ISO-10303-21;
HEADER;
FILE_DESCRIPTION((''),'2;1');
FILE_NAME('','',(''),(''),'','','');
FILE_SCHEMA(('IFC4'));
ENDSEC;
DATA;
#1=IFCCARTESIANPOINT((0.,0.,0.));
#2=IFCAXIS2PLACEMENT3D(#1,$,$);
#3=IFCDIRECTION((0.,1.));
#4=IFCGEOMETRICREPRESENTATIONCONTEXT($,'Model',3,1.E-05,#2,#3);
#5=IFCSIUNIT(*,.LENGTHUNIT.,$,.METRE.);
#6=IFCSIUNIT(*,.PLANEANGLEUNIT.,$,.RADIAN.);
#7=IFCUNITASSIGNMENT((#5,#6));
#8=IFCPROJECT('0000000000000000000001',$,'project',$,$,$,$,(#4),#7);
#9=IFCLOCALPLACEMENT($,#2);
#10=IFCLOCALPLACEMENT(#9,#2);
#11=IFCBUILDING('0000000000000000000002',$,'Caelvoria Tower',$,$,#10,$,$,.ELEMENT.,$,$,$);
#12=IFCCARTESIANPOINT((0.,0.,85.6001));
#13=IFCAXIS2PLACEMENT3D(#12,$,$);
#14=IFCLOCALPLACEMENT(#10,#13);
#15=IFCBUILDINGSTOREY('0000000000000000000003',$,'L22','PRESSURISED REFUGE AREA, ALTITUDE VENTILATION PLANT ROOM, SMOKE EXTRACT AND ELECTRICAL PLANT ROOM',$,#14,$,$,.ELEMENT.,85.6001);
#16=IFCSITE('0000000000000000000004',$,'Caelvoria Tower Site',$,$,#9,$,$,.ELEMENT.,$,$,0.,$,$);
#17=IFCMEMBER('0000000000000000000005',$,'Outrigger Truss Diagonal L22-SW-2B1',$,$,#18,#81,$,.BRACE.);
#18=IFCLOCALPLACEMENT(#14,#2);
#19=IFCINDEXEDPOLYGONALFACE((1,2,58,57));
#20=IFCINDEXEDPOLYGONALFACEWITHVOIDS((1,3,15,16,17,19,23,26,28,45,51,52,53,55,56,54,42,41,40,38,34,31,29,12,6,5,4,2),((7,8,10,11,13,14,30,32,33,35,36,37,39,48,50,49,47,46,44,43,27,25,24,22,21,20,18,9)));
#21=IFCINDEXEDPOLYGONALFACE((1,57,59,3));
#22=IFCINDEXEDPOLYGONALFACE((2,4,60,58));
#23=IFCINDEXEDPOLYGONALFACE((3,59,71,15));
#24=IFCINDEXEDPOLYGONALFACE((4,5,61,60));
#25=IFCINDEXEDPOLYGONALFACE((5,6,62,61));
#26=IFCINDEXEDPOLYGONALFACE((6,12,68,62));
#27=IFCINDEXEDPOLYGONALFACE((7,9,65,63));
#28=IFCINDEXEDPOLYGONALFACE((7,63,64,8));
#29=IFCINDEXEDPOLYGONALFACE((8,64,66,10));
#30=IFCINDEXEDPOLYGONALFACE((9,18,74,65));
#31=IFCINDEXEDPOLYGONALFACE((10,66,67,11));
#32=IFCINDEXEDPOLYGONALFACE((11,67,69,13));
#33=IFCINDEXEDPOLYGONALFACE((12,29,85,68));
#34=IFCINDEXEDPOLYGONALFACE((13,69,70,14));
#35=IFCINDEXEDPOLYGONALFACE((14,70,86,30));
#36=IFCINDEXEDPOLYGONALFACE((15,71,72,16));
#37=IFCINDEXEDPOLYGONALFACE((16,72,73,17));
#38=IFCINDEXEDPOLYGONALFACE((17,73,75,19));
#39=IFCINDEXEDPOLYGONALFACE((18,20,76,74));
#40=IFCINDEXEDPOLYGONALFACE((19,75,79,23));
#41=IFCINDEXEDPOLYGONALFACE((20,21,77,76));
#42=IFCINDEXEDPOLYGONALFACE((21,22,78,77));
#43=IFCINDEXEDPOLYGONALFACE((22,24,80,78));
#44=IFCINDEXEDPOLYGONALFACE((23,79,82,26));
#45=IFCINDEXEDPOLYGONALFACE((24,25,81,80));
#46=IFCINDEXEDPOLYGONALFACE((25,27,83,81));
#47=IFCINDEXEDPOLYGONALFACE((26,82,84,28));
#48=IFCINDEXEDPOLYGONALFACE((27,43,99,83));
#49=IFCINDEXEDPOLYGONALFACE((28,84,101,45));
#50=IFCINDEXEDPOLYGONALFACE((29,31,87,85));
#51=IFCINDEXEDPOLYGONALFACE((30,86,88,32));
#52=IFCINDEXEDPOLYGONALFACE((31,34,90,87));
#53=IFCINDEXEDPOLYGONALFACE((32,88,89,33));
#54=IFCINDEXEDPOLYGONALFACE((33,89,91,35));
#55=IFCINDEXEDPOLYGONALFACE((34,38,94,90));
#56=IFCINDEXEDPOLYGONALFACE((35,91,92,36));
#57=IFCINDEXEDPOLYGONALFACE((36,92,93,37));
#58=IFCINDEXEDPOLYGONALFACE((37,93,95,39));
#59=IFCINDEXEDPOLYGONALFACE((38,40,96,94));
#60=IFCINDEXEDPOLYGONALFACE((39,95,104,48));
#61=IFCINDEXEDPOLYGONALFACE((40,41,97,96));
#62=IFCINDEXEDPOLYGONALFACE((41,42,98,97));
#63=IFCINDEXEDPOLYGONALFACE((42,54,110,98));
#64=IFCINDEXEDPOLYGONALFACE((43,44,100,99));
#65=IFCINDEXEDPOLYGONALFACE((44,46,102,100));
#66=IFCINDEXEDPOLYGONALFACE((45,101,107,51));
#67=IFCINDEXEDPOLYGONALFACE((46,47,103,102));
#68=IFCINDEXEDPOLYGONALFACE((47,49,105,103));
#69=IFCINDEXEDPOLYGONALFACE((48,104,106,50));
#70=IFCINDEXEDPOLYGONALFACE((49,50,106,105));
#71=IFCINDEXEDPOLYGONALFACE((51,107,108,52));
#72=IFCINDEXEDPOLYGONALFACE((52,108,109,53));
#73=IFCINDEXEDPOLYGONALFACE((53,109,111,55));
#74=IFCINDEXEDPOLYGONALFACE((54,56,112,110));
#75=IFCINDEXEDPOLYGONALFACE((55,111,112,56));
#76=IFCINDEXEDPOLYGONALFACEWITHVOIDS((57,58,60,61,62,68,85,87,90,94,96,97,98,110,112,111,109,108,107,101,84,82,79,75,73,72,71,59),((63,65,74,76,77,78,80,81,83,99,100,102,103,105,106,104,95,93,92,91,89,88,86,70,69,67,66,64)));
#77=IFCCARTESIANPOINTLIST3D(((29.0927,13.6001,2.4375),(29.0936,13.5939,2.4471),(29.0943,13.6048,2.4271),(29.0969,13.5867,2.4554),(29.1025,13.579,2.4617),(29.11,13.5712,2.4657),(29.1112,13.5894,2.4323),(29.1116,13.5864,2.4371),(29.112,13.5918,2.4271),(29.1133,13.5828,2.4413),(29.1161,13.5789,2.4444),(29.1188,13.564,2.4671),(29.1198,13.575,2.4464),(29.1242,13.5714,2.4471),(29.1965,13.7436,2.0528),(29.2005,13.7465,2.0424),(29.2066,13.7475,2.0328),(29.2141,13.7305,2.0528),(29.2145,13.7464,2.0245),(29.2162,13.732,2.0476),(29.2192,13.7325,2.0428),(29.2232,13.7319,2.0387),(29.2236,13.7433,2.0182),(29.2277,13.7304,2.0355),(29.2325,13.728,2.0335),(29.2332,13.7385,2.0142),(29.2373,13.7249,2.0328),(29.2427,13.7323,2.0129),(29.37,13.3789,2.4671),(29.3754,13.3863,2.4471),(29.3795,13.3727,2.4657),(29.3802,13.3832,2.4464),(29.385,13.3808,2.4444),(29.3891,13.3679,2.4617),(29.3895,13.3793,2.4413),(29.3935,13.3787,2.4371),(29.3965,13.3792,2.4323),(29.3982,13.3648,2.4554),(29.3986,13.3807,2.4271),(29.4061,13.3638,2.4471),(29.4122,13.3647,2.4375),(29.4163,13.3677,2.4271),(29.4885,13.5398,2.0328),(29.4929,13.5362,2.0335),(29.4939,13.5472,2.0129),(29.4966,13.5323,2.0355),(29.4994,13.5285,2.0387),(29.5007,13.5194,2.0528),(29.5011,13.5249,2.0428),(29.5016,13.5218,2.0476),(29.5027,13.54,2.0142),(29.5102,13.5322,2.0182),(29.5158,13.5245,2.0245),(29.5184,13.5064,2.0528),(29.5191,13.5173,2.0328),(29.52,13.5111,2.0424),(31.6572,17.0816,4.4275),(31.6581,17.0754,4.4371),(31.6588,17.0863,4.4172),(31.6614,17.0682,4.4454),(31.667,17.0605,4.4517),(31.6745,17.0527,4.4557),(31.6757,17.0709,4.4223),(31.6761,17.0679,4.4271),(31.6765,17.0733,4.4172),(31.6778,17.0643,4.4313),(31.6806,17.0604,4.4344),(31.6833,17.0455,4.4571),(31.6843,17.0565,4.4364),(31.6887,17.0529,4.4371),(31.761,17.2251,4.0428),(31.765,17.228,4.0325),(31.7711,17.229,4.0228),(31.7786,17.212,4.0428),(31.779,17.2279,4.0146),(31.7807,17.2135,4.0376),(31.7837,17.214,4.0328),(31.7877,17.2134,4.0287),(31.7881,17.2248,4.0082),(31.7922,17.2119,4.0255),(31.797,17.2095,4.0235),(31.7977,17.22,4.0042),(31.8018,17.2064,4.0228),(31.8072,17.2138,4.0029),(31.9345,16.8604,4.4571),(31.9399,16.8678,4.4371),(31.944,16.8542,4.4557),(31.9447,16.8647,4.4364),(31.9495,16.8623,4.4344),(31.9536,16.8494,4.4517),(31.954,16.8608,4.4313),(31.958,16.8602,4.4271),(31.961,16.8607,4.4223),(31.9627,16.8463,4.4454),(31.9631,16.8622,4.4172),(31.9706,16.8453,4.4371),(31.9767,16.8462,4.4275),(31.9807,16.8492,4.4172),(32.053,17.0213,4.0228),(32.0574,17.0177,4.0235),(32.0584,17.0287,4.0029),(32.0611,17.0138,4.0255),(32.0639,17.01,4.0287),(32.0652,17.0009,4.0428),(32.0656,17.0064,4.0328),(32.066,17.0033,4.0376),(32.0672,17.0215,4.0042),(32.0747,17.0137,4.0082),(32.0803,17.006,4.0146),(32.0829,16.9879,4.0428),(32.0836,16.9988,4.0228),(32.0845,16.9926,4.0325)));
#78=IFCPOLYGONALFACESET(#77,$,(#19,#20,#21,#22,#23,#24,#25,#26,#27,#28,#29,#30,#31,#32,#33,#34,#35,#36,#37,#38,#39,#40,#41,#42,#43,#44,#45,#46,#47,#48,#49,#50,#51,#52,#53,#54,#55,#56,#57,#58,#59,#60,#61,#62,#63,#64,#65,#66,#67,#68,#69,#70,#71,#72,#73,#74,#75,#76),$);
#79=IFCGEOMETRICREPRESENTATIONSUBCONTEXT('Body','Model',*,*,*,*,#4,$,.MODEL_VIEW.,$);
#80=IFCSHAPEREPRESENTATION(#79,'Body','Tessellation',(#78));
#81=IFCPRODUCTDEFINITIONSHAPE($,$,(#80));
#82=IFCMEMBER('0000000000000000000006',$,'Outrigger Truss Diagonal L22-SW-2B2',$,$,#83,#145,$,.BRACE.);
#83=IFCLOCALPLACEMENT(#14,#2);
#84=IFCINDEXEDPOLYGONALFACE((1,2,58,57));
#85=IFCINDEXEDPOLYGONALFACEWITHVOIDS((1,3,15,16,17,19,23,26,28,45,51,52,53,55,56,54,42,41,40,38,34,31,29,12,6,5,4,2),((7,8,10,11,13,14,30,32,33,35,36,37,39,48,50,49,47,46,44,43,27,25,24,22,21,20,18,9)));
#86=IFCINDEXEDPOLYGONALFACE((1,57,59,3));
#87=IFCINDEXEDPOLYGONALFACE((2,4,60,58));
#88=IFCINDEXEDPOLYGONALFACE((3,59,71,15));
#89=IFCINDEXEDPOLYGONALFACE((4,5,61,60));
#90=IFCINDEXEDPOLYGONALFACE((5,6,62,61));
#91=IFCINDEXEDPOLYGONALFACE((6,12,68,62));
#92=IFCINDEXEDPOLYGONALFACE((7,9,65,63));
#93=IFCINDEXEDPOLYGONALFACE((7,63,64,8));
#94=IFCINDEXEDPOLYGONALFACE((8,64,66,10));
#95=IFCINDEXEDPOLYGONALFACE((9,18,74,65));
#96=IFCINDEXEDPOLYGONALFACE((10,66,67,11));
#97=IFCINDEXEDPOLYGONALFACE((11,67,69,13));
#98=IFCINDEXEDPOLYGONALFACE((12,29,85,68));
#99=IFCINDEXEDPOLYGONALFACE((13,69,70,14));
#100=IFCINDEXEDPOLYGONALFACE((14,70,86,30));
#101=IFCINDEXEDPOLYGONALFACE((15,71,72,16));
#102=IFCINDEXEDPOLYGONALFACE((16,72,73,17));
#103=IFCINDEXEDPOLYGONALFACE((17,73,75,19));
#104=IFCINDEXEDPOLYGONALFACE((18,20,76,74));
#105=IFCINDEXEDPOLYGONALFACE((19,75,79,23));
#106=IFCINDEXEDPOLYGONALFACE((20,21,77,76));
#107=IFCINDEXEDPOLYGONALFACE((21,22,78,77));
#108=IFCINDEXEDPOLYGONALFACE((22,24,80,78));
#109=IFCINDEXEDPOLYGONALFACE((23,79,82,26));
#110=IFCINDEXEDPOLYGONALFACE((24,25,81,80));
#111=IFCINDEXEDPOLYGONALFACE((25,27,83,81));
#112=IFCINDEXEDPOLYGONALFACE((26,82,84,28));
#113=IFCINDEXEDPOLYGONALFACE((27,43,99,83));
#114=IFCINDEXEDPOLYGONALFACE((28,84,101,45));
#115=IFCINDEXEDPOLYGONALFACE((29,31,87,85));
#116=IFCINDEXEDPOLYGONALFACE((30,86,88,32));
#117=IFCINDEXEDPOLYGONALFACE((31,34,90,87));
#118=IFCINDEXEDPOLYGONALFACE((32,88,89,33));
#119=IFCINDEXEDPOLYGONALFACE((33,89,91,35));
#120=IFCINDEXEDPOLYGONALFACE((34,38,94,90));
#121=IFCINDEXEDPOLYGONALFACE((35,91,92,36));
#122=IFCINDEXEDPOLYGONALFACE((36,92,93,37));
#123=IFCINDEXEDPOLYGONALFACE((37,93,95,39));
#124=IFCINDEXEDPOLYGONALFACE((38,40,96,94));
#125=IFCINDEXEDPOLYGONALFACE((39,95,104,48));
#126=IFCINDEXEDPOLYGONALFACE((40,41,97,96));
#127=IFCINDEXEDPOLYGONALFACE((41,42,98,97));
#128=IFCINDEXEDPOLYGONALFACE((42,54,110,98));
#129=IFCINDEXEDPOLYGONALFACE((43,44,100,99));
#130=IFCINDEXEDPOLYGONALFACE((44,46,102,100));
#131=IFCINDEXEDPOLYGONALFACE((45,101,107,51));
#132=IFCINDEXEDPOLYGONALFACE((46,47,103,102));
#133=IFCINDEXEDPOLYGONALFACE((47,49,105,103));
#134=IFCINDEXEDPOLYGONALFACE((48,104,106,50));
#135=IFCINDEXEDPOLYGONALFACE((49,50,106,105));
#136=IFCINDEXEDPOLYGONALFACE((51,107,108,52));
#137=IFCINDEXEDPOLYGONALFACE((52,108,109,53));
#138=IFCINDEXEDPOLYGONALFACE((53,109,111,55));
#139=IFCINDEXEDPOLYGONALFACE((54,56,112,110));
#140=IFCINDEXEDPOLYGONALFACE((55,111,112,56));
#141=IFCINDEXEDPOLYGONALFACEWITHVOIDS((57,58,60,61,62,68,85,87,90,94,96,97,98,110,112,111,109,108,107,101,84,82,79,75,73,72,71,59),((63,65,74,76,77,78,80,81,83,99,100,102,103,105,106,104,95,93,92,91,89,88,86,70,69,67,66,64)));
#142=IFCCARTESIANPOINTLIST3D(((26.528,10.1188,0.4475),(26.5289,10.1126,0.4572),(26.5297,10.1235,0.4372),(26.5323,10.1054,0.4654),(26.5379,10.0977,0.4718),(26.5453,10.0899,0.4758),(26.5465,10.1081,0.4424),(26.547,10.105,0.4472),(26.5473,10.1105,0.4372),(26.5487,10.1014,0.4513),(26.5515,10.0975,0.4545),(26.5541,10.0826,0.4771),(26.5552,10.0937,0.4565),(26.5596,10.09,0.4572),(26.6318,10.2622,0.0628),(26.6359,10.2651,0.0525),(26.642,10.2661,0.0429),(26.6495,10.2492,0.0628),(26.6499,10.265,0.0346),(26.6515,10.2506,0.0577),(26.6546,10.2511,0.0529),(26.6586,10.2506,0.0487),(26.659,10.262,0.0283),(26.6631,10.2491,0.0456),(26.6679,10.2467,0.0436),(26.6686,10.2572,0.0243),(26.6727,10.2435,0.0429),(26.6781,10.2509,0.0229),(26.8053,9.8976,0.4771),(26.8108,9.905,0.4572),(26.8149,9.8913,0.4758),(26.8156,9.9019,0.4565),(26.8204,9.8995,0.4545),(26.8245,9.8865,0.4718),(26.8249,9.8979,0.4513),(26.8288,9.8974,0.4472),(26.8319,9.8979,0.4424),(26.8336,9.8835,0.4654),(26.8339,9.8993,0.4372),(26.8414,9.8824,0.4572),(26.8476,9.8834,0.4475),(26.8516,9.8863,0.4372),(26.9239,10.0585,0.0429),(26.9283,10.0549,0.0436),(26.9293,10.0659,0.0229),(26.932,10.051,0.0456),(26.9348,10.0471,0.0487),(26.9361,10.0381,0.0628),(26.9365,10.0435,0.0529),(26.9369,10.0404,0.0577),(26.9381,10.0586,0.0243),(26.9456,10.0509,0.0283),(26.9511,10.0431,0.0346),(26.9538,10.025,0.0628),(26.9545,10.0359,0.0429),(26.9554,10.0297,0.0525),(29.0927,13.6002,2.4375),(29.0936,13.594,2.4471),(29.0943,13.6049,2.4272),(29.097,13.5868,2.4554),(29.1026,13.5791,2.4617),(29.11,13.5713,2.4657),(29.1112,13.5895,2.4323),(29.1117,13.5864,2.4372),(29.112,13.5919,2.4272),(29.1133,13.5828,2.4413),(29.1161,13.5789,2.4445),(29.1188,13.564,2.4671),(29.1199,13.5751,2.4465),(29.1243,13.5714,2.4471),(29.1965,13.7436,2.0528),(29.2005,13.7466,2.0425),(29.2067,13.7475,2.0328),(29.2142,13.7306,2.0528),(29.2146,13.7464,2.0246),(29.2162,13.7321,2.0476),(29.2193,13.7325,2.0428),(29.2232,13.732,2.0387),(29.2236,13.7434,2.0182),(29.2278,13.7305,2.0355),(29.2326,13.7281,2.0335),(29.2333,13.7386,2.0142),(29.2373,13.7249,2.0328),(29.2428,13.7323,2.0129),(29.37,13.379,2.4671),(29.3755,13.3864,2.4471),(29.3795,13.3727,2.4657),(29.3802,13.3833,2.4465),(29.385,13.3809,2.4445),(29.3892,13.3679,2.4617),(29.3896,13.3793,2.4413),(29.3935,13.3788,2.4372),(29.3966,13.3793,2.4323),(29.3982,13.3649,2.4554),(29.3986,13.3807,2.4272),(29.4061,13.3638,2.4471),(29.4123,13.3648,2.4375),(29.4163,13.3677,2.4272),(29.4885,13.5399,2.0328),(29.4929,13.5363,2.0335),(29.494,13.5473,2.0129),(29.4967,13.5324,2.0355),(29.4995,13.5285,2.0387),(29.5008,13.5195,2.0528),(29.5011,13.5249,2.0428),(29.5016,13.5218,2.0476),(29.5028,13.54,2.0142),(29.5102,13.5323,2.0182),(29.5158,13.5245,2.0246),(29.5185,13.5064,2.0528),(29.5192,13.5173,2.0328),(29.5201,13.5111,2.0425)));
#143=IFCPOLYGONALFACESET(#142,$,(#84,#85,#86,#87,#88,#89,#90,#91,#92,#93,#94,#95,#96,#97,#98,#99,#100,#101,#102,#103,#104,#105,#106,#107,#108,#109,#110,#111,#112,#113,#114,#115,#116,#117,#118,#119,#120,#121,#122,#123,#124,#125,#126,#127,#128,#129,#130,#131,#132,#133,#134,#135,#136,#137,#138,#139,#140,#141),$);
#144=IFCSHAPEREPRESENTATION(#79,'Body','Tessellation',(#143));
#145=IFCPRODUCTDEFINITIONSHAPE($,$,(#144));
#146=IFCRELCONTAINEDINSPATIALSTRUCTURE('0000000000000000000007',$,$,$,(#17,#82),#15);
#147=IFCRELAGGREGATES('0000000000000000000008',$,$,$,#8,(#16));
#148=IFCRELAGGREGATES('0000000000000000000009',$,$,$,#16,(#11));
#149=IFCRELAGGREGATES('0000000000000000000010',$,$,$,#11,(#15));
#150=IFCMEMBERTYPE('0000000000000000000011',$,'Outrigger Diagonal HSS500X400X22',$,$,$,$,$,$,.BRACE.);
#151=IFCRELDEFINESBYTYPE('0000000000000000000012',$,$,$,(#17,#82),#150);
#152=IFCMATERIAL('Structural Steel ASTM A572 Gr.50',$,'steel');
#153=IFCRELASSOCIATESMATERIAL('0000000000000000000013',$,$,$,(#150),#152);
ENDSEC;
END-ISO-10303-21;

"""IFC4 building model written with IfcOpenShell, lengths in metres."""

from ifc_helpers import new_model, si_unit, direction, frame, origin, origin_2d, place, context, subcontext, project, spatial, hollow_rectangle, extrude, material, material_profile, profile_set, type_object, element, save


model = new_model("IFC4")

# Units and contexts
model_context = context("Model", 3, precision=1e-05, world=origin(), true_north=direction((0.0, 1.0)))
body_context = subcontext(model_context, "Body", "Model", "MODEL_VIEW")
ifc_project = project(units=[si_unit("LENGTHUNIT", "METRE"), si_unit("PLANEANGLEUNIT", "RADIAN")], contexts=[model_context])

# Site, building, storey
site_placement = place(None, origin())
site = spatial("IfcSite", under=ifc_project, at=site_placement, Name="Caelvoria Tower Site", CompositionType="ELEMENT", RefElevation=0.0)
building_placement = place(site_placement, origin())
building = spatial("IfcBuilding", under=site, at=building_placement, Name="Caelvoria Tower", CompositionType="ELEMENT")
storey_placement = place(building_placement, frame((0.0, 0.0, 85.6001)))
storey = spatial("IfcBuildingStorey", under=building, at=storey_placement, Name="L22", Description="PRESSURISED REFUGE AREA, ALTITUDE VENTILATION PLANT ROOM, SMOKE EXTRACT AND ELECTRICAL PLANT ROOM", CompositionType="ELEMENT", Elevation=85.6001)

# Members
ifc_material_1 = material(Name="Structural Steel ASTM A572 Gr.50", Category="steel")
ifc_material_profile_1 = material_profile(ifc_material_1, hollow_rectangle(XDim=0.3999, YDim=0.5, WallThickness=0.022, InnerFilletRadius=0.022, OuterFilletRadius=0.0439, at=origin_2d()), Name="Structural Steel ASTM A572 Gr.50")
ifc_profile_set_1 = profile_set([ifc_material_profile_1], Name="HSS500X400X22 - Structural Steel ASTM A572 Gr.50")
member_type_1 = type_object("IfcMemberType", Name="Outrigger Diagonal HSS500X400X22", PredefinedType="BRACE", material=ifc_profile_set_1)
for number, where, z_axis, x_axis, name in (
    (1, (31.8708, 17.0371, 4.23), (-0.538758, -0.731407, -0.418071), (0.805147, -0.593076, 0.0), "Outrigger Truss Diagonal L22-SW-2B1"),
    (2, (29.3064, 13.5557, 2.24), (-0.538795, -0.731386, -0.41806), (0.80512, -0.593112, 0.0), "Outrigger Truss Diagonal L22-SW-2B2"),
):
    element("IfcMember", number, at=place(storey_placement, frame(where, z_axis=z_axis, x_axis=x_axis)), inside=storey, type_object=member_type_1, Name=name, PredefinedType="BRACE", context=body_context, shape_type="SweptSolid", body=[
        extrude(hollow_rectangle(XDim=0.3999, YDim=0.5, WallThickness=0.022, InnerFilletRadius=0.022, OuterFilletRadius=0.0439, at=origin_2d()), origin(), (0.0, 0.0, 1.0), 4.76),
    ])

save(model, "model.ifc")
